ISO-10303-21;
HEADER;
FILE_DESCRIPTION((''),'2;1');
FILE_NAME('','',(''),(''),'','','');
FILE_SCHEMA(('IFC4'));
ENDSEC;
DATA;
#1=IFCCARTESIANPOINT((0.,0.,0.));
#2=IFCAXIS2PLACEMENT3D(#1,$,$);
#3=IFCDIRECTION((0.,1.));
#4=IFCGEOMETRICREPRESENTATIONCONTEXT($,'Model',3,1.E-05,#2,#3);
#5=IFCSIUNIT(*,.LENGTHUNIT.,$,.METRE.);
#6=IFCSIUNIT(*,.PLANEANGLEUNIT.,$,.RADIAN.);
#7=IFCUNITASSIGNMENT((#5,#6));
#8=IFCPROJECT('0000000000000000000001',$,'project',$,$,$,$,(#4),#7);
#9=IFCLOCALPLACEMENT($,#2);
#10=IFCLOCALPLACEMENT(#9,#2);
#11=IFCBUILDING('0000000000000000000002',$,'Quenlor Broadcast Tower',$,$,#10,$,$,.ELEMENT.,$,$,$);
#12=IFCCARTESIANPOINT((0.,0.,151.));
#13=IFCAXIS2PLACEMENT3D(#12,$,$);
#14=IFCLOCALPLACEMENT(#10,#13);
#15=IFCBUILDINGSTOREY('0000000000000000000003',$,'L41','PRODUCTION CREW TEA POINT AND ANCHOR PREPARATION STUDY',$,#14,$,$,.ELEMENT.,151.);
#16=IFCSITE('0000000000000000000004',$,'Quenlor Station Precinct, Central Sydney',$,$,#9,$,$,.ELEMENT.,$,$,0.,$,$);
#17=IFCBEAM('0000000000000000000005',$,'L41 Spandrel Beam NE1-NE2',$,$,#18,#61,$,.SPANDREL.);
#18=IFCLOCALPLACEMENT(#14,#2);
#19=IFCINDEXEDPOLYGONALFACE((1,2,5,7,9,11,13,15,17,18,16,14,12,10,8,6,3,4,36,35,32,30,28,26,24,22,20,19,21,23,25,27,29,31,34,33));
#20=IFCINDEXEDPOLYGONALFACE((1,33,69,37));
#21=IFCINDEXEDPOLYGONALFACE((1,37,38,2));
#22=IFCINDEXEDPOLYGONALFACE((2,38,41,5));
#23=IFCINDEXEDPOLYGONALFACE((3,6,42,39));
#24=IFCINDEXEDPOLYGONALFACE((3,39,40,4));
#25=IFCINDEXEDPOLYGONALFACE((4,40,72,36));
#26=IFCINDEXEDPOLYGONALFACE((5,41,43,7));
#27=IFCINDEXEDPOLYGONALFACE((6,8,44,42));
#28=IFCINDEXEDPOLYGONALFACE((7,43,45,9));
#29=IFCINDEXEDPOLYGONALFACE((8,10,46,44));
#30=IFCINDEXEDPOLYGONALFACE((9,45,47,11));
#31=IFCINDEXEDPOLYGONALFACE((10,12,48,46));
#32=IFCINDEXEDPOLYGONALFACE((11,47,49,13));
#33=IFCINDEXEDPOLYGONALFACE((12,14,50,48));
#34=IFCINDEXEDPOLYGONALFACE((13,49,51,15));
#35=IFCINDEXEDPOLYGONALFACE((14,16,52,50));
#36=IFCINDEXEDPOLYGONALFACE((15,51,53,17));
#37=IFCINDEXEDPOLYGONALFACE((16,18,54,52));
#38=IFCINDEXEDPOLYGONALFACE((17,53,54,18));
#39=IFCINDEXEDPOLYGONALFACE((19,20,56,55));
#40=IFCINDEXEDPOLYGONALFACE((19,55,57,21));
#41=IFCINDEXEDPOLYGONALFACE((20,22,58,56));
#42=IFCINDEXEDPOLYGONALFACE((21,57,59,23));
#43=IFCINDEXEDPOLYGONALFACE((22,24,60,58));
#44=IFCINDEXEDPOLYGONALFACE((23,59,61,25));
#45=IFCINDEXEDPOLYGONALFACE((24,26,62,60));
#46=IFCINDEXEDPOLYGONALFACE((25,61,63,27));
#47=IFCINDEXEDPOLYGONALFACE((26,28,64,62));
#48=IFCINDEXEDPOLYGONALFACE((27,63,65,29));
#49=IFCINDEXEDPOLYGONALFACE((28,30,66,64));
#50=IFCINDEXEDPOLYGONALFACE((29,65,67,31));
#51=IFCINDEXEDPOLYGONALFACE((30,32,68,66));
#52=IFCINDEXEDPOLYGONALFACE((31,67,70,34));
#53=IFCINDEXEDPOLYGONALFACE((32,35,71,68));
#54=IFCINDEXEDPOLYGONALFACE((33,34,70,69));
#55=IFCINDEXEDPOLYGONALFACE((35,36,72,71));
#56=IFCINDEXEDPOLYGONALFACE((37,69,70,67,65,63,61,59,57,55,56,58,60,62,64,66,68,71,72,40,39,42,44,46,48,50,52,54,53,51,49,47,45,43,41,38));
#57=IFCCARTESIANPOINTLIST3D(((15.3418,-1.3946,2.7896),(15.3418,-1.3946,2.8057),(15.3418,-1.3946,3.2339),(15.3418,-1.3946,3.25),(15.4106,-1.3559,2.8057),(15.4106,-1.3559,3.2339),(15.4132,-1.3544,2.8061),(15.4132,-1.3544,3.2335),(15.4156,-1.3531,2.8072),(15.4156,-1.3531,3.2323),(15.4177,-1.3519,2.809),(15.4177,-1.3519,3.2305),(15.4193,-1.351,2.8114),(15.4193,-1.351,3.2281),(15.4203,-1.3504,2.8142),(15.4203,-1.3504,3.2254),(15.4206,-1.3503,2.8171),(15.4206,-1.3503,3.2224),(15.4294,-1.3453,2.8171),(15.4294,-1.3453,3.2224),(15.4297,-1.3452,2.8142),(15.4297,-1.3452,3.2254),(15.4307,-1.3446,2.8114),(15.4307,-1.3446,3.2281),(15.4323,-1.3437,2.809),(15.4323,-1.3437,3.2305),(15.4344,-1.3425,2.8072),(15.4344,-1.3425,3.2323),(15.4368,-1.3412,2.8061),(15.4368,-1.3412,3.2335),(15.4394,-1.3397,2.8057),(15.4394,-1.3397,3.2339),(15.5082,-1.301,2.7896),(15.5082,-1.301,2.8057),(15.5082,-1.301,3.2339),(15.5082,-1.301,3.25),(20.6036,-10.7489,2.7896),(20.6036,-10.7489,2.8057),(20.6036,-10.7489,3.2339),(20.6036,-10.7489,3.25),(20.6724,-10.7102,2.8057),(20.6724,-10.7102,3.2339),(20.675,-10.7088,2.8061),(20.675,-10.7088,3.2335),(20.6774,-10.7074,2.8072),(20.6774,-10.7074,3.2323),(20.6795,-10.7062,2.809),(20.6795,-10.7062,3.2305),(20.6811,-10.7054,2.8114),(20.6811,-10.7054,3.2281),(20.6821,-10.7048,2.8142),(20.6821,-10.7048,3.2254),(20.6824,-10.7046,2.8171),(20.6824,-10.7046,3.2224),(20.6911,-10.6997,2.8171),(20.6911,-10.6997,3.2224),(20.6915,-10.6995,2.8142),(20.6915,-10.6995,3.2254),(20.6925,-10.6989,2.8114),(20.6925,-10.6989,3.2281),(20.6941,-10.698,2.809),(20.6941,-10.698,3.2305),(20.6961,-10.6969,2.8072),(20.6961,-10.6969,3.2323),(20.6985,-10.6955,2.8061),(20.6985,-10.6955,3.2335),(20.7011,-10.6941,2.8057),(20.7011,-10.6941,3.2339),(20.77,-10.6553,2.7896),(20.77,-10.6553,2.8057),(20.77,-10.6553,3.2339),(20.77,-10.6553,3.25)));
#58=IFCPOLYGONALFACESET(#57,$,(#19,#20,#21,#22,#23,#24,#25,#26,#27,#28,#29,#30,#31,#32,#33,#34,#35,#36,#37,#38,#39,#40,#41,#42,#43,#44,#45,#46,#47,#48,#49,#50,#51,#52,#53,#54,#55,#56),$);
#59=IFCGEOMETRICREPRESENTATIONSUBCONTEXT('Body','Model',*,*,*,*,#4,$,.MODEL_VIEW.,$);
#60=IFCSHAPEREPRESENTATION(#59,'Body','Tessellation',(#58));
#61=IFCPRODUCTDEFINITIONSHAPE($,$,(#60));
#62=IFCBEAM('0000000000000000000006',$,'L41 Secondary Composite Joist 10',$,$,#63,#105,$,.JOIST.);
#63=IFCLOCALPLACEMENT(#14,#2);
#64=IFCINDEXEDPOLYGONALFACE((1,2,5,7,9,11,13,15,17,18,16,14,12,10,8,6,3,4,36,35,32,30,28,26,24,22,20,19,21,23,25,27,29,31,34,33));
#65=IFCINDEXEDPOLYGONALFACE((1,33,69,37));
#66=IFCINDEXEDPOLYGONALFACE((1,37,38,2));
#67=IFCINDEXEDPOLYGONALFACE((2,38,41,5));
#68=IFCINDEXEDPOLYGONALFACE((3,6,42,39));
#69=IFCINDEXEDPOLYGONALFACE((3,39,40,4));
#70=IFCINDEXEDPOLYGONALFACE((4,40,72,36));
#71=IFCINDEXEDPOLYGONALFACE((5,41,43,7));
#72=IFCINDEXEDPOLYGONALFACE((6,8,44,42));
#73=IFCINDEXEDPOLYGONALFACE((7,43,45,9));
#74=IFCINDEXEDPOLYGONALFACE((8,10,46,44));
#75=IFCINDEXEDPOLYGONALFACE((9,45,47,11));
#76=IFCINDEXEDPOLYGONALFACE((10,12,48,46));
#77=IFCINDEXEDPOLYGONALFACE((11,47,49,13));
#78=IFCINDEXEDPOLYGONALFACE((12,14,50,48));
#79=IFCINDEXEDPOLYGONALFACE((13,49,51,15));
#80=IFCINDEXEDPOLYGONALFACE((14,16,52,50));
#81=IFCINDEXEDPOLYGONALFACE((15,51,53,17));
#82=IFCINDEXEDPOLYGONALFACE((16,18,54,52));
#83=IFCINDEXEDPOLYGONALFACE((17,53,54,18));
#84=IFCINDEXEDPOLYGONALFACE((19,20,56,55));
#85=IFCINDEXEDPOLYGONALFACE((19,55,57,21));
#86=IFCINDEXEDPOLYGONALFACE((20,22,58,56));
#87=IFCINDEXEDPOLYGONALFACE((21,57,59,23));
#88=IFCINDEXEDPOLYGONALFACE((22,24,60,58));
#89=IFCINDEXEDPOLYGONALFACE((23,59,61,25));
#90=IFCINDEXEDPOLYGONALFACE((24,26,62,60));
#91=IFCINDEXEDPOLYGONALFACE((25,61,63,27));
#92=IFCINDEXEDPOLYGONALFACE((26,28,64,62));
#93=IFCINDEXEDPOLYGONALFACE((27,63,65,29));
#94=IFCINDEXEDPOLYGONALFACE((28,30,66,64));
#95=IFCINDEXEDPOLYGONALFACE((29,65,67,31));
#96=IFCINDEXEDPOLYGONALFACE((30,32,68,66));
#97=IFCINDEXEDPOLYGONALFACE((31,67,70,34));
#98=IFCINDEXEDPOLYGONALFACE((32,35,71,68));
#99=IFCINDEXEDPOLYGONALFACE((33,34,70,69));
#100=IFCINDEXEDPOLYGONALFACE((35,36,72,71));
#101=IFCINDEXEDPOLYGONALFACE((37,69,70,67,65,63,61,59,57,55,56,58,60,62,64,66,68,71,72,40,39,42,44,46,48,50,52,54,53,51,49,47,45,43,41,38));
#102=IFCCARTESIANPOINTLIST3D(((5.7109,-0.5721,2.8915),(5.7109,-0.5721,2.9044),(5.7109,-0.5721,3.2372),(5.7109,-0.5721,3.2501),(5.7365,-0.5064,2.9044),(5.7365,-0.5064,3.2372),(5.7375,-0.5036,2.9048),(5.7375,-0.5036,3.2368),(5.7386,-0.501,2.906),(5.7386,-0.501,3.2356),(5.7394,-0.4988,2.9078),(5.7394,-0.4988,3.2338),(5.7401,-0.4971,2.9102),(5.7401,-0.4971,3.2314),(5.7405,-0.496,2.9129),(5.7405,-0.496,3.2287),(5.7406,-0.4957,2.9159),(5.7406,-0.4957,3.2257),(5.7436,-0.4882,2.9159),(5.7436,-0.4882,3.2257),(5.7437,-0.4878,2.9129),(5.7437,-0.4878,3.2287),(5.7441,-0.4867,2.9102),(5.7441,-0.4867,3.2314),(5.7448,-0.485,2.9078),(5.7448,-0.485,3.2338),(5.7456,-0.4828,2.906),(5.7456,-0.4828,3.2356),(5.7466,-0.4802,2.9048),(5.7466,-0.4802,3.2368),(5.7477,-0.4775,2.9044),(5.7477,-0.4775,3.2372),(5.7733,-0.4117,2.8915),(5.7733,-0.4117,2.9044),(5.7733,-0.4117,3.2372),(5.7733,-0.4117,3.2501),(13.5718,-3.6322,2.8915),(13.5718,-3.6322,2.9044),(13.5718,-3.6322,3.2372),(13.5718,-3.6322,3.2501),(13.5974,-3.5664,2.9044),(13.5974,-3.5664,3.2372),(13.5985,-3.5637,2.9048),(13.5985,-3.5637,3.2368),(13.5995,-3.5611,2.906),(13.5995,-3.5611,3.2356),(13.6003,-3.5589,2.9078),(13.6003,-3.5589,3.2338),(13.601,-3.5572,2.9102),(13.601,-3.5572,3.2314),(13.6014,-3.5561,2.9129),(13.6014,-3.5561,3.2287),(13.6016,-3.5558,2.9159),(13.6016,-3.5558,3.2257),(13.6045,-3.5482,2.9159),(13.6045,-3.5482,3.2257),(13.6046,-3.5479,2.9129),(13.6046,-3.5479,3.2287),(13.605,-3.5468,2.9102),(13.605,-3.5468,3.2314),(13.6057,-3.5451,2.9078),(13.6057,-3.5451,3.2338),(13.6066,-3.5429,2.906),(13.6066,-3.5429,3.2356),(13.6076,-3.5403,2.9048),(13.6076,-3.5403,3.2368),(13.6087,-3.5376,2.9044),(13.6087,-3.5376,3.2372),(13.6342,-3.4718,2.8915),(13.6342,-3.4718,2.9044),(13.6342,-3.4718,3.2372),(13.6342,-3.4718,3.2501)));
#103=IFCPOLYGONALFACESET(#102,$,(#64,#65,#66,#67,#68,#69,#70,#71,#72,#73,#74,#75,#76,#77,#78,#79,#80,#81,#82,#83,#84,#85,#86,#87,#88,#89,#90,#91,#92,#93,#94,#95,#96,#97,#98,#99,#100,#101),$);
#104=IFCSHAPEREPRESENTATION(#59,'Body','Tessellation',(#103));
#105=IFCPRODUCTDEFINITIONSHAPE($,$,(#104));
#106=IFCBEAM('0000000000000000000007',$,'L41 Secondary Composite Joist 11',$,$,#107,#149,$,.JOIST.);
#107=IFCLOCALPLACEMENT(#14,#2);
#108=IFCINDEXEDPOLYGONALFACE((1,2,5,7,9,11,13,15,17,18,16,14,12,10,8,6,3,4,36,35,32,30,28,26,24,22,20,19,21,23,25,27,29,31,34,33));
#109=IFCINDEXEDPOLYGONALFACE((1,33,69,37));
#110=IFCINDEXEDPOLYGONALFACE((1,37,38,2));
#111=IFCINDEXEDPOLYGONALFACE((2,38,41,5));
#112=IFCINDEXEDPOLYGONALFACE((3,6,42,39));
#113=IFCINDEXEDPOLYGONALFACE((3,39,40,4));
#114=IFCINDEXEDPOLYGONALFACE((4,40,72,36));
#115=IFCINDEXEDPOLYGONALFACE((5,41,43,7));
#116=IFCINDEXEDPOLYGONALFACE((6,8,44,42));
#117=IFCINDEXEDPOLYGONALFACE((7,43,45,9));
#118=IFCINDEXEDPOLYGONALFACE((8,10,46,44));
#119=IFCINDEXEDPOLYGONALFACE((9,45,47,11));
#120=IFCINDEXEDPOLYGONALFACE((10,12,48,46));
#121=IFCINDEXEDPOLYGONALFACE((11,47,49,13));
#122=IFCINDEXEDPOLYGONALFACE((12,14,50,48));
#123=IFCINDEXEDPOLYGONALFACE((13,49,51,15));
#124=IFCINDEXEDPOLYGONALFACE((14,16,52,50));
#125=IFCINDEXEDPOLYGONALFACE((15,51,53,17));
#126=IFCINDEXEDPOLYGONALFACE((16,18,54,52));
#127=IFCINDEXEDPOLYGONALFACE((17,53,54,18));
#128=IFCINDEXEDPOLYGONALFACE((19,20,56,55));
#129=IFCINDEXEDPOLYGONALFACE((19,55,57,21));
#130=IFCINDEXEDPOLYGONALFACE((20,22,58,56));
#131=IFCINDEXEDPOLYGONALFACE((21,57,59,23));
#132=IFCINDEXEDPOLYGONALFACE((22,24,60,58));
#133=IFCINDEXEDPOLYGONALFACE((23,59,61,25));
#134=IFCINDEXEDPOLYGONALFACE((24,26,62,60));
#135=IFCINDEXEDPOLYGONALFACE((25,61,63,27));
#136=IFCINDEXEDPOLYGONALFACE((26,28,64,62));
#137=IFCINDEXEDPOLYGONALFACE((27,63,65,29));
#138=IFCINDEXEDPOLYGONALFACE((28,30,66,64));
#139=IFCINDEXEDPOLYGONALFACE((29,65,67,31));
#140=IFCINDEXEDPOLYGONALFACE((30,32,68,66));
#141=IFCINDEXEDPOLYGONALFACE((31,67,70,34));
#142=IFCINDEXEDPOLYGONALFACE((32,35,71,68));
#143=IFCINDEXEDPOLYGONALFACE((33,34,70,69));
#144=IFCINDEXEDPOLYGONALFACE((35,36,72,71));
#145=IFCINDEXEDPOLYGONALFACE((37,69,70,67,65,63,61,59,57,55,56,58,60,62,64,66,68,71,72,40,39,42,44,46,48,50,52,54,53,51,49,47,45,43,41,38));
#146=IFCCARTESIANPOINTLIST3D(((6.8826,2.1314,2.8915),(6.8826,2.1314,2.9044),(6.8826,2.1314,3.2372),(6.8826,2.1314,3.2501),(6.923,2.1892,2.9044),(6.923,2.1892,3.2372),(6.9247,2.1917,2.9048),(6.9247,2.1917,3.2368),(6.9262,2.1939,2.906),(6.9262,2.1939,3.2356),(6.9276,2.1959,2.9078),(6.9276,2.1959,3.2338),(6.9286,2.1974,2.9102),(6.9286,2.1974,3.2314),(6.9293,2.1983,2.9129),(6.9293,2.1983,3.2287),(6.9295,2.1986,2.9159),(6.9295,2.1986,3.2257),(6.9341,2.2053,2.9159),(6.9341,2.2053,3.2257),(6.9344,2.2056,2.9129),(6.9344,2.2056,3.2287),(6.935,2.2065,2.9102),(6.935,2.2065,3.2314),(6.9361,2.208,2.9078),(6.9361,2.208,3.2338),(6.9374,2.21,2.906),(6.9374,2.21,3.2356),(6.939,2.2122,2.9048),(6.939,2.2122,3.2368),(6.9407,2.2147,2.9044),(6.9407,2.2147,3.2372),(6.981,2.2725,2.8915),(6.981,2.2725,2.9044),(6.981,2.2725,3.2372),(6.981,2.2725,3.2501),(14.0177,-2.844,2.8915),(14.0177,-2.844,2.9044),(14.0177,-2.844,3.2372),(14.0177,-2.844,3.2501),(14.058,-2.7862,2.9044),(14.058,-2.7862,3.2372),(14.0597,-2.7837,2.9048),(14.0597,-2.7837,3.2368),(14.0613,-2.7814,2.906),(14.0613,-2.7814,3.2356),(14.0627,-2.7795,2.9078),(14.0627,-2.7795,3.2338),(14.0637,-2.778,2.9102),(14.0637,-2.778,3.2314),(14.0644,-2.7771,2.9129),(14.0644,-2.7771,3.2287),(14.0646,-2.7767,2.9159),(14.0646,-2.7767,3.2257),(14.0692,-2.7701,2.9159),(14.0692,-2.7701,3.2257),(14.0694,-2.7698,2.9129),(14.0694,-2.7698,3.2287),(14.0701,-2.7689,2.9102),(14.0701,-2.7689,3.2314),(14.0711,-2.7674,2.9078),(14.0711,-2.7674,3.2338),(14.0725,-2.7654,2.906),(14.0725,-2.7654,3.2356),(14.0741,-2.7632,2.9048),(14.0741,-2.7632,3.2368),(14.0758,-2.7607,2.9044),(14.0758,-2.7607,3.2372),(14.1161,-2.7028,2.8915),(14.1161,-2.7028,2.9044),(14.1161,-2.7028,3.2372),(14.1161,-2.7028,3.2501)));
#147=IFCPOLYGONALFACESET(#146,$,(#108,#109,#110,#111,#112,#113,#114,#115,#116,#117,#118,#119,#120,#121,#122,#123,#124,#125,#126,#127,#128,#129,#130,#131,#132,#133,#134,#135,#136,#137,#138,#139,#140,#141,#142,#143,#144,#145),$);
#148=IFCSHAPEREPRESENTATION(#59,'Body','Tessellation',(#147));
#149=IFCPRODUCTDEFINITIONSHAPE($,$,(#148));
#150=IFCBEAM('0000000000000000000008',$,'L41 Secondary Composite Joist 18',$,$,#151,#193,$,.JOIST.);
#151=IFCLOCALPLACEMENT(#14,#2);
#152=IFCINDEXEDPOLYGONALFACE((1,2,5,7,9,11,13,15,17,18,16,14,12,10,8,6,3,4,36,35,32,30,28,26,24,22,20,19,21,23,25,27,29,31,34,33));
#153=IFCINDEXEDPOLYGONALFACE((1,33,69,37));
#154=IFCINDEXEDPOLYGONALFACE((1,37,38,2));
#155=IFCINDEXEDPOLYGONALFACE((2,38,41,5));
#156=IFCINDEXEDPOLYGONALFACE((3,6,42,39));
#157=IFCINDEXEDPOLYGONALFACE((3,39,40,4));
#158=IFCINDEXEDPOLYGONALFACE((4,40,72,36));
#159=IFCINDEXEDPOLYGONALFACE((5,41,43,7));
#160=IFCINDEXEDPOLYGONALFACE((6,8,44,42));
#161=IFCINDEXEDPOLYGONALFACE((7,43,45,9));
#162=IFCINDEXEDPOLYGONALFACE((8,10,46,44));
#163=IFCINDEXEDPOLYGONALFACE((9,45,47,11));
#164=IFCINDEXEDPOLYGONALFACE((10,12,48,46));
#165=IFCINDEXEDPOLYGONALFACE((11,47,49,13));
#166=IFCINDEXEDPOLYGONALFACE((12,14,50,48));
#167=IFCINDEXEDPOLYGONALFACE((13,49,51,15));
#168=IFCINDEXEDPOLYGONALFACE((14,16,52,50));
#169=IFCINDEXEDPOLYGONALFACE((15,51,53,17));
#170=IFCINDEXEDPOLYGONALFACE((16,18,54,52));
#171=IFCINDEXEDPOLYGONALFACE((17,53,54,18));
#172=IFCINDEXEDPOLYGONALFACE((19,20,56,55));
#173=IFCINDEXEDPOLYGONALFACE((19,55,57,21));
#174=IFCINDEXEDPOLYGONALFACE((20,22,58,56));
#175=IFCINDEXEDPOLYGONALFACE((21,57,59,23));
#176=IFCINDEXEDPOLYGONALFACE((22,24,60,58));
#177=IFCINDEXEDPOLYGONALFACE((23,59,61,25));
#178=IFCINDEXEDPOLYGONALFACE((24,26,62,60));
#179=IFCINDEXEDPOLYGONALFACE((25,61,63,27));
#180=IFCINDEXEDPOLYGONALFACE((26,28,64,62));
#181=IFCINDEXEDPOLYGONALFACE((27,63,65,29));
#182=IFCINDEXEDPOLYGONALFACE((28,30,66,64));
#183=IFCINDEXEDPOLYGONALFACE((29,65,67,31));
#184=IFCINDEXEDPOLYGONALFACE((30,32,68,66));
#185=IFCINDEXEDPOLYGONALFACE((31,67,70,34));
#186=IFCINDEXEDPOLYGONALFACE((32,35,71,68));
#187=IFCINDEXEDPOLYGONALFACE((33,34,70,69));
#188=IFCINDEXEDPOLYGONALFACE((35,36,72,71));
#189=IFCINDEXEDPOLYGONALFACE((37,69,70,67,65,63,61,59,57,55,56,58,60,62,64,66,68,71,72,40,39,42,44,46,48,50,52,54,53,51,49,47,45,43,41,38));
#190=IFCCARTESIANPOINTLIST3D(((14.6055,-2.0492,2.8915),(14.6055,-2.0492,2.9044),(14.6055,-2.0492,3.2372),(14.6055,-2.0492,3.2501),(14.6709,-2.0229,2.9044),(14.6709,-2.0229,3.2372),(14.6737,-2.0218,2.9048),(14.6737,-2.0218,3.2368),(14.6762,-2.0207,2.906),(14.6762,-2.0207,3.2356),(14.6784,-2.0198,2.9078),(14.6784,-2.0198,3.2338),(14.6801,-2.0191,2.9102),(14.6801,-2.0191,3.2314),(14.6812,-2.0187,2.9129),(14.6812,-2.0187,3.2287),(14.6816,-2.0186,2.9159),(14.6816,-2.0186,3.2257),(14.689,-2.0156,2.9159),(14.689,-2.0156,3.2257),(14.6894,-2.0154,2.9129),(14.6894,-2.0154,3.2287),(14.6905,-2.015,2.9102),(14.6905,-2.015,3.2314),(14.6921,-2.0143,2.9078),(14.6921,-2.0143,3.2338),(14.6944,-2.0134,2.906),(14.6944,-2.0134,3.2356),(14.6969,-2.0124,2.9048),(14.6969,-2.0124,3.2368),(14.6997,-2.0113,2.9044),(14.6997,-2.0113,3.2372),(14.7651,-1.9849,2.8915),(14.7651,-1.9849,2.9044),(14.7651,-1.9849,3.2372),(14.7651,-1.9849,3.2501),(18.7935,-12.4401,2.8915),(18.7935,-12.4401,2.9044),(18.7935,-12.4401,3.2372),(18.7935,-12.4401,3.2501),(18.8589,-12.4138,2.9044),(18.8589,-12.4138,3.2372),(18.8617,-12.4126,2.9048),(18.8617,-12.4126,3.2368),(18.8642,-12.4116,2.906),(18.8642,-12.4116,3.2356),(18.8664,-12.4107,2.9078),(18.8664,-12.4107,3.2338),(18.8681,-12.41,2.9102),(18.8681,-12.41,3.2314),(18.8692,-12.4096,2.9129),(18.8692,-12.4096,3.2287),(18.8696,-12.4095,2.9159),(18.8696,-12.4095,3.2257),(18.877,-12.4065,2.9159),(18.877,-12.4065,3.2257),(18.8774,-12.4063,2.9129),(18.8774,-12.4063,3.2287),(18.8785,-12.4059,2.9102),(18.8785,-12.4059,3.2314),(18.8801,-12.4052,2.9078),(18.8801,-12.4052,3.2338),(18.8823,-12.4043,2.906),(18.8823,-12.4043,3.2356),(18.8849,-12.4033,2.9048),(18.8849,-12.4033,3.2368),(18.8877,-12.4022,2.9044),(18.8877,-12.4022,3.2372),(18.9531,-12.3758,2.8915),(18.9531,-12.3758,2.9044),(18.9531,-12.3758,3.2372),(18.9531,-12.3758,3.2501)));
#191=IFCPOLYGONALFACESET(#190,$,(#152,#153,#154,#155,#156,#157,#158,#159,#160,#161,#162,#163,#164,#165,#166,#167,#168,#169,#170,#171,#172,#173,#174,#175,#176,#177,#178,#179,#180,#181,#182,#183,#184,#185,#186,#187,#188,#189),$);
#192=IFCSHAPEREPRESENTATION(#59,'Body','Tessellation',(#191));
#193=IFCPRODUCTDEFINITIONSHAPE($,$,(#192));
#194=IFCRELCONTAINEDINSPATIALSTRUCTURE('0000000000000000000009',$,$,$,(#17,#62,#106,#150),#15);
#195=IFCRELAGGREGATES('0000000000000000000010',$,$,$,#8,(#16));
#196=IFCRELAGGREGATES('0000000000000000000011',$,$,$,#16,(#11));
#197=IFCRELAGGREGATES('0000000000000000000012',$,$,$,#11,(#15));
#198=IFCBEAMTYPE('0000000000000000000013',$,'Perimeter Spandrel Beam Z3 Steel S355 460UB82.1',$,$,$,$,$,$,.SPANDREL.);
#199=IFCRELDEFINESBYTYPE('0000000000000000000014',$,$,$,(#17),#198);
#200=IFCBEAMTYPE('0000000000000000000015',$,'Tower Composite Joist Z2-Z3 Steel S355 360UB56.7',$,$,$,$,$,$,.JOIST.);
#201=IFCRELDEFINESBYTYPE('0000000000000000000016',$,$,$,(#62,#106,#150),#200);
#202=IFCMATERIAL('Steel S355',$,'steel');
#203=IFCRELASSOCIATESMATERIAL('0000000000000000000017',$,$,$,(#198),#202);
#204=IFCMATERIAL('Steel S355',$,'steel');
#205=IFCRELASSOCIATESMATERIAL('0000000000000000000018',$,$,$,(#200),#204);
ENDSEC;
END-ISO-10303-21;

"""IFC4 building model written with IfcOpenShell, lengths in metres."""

from ifc_helpers import new_model, si_unit, direction, frame, origin, origin_2d, place, context, subcontext, project, spatial, i_section, extrude, material, material_profile, profile_set, type_object, element, save


model = new_model("IFC4")

# Units and contexts
model_context = context("Model", 3, precision=1e-05, world=origin(), true_north=direction((0.0, 1.0)))
body_context = subcontext(model_context, "Body", "Model", "MODEL_VIEW")
ifc_project = project(units=[si_unit("LENGTHUNIT", "METRE"), si_unit("PLANEANGLEUNIT", "RADIAN")], contexts=[model_context])

# Site, building, storey
site_placement = place(None, origin())
site = spatial("IfcSite", under=ifc_project, at=site_placement, Name="Quenlor Station Precinct, Central Sydney", CompositionType="ELEMENT", RefElevation=0.0)
building_placement = place(site_placement, origin())
building = spatial("IfcBuilding", under=site, at=building_placement, Name="Quenlor Broadcast Tower", CompositionType="ELEMENT")
storey_placement = place(building_placement, frame((0.0, 0.0, 151.0)))
storey = spatial("IfcBuildingStorey", under=building, at=storey_placement, Name="L41", Description="PRODUCTION CREW TEA POINT AND ANCHOR PREPARATION STUDY", CompositionType="ELEMENT", Elevation=151.0)

# Beams
ifc_material_1 = material(Name="Steel S355", Category="steel")
ifc_material_profile_1 = material_profile(ifc_material_1, i_section(OverallWidth=0.1909, OverallDepth=0.4604, WebThickness=0.01, FlangeThickness=0.0161, FilletRadius=0.0115, at=origin_2d()))
ifc_profile_set_1 = profile_set([ifc_material_profile_1], Name="Steel S355 460UB82.1")
beam_type_1 = type_object("IfcBeamType", Name="Perimeter Spandrel Beam Z3 Steel S355 460UB82.1", PredefinedType="SPANDREL", material=ifc_profile_set_1)
beam_1_placement = place(storey_placement, frame((20.6868, -10.7021, 3.0198), z_axis=(-0.490258, 0.871577, 0.0), x_axis=(-0.871577, -0.490258, 0.0)))
element("IfcBeam", 1, at=beam_1_placement, inside=storey, type_object=beam_type_1, Name="L41 Spandrel Beam NE1-NE2", PredefinedType="SPANDREL", context=body_context, shape_type="SweptSolid", body=[
    extrude(i_section(OverallWidth=0.1909, OverallDepth=0.4604, WebThickness=0.01, FlangeThickness=0.0161, FilletRadius=0.0115, at=origin_2d()), origin(), (0.0, 0.0, 1.0), 10.7327),
])
ifc_material_2 = material(Name="Steel S355", Category="steel")
ifc_material_profile_2 = material_profile(ifc_material_2, i_section(OverallWidth=0.1721, OverallDepth=0.3586, WebThickness=0.0081, FlangeThickness=0.0129, FilletRadius=0.0115, at=origin_2d()))
ifc_profile_set_2 = profile_set([ifc_material_profile_2], Name="Steel S355 360UB56.7")
beam_type_2 = type_object("IfcBeamType", Name="Tower Composite Joist Z2-Z3 Steel S355 360UB56.7", PredefinedType="JOIST", material=ifc_profile_set_2)
beam_2_placement = place(storey_placement, frame((13.603, -3.552, 3.0708), z_axis=(-0.931882, 0.362762, 0.0), x_axis=(-0.362762, -0.931882, 0.0)))
element("IfcBeam", 2, at=beam_2_placement, inside=storey, type_object=beam_type_2, Name="L41 Secondary Composite Joist 10", PredefinedType="JOIST", context=body_context, shape_type="SweptSolid", body=[
    extrude(i_section(OverallWidth=0.1721, OverallDepth=0.3586, WebThickness=0.0081, FlangeThickness=0.0129, FilletRadius=0.0115, at=origin_2d()), origin(), (0.0, 0.0, 1.0), 8.4355),
])
beam_3_placement = place(storey_placement, frame((14.0669, -2.7734, 3.0708), z_axis=(-0.820266, 0.571983, 0.0), x_axis=(-0.571983, -0.820266, 0.0)))
element("IfcBeam", 3, at=beam_3_placement, inside=storey, type_object=beam_type_2, Name="L41 Secondary Composite Joist 11", PredefinedType="JOIST", context=body_context, shape_type="SweptSolid", body=[
    extrude(i_section(OverallWidth=0.1721, OverallDepth=0.3586, WebThickness=0.0081, FlangeThickness=0.0129, FilletRadius=0.0115, at=origin_2d()), origin(), (0.0, 0.0, 1.0), 8.6985),
])
beam_4_placement = place(storey_placement, frame((18.8733, -12.408, 3.0708), z_axis=(-0.373824, 0.9275, 0.0), x_axis=(-0.9275, -0.373824, 0.0)))
element("IfcBeam", 4, at=beam_4_placement, inside=storey, type_object=beam_type_2, Name="L41 Secondary Composite Joist 18", PredefinedType="JOIST", context=body_context, shape_type="SweptSolid", body=[
    extrude(i_section(OverallWidth=0.1721, OverallDepth=0.3586, WebThickness=0.0081, FlangeThickness=0.0129, FilletRadius=0.0115, at=origin_2d()), origin(), (0.0, 0.0, 1.0), 11.2031),
])

save(model, "model.ifc")
